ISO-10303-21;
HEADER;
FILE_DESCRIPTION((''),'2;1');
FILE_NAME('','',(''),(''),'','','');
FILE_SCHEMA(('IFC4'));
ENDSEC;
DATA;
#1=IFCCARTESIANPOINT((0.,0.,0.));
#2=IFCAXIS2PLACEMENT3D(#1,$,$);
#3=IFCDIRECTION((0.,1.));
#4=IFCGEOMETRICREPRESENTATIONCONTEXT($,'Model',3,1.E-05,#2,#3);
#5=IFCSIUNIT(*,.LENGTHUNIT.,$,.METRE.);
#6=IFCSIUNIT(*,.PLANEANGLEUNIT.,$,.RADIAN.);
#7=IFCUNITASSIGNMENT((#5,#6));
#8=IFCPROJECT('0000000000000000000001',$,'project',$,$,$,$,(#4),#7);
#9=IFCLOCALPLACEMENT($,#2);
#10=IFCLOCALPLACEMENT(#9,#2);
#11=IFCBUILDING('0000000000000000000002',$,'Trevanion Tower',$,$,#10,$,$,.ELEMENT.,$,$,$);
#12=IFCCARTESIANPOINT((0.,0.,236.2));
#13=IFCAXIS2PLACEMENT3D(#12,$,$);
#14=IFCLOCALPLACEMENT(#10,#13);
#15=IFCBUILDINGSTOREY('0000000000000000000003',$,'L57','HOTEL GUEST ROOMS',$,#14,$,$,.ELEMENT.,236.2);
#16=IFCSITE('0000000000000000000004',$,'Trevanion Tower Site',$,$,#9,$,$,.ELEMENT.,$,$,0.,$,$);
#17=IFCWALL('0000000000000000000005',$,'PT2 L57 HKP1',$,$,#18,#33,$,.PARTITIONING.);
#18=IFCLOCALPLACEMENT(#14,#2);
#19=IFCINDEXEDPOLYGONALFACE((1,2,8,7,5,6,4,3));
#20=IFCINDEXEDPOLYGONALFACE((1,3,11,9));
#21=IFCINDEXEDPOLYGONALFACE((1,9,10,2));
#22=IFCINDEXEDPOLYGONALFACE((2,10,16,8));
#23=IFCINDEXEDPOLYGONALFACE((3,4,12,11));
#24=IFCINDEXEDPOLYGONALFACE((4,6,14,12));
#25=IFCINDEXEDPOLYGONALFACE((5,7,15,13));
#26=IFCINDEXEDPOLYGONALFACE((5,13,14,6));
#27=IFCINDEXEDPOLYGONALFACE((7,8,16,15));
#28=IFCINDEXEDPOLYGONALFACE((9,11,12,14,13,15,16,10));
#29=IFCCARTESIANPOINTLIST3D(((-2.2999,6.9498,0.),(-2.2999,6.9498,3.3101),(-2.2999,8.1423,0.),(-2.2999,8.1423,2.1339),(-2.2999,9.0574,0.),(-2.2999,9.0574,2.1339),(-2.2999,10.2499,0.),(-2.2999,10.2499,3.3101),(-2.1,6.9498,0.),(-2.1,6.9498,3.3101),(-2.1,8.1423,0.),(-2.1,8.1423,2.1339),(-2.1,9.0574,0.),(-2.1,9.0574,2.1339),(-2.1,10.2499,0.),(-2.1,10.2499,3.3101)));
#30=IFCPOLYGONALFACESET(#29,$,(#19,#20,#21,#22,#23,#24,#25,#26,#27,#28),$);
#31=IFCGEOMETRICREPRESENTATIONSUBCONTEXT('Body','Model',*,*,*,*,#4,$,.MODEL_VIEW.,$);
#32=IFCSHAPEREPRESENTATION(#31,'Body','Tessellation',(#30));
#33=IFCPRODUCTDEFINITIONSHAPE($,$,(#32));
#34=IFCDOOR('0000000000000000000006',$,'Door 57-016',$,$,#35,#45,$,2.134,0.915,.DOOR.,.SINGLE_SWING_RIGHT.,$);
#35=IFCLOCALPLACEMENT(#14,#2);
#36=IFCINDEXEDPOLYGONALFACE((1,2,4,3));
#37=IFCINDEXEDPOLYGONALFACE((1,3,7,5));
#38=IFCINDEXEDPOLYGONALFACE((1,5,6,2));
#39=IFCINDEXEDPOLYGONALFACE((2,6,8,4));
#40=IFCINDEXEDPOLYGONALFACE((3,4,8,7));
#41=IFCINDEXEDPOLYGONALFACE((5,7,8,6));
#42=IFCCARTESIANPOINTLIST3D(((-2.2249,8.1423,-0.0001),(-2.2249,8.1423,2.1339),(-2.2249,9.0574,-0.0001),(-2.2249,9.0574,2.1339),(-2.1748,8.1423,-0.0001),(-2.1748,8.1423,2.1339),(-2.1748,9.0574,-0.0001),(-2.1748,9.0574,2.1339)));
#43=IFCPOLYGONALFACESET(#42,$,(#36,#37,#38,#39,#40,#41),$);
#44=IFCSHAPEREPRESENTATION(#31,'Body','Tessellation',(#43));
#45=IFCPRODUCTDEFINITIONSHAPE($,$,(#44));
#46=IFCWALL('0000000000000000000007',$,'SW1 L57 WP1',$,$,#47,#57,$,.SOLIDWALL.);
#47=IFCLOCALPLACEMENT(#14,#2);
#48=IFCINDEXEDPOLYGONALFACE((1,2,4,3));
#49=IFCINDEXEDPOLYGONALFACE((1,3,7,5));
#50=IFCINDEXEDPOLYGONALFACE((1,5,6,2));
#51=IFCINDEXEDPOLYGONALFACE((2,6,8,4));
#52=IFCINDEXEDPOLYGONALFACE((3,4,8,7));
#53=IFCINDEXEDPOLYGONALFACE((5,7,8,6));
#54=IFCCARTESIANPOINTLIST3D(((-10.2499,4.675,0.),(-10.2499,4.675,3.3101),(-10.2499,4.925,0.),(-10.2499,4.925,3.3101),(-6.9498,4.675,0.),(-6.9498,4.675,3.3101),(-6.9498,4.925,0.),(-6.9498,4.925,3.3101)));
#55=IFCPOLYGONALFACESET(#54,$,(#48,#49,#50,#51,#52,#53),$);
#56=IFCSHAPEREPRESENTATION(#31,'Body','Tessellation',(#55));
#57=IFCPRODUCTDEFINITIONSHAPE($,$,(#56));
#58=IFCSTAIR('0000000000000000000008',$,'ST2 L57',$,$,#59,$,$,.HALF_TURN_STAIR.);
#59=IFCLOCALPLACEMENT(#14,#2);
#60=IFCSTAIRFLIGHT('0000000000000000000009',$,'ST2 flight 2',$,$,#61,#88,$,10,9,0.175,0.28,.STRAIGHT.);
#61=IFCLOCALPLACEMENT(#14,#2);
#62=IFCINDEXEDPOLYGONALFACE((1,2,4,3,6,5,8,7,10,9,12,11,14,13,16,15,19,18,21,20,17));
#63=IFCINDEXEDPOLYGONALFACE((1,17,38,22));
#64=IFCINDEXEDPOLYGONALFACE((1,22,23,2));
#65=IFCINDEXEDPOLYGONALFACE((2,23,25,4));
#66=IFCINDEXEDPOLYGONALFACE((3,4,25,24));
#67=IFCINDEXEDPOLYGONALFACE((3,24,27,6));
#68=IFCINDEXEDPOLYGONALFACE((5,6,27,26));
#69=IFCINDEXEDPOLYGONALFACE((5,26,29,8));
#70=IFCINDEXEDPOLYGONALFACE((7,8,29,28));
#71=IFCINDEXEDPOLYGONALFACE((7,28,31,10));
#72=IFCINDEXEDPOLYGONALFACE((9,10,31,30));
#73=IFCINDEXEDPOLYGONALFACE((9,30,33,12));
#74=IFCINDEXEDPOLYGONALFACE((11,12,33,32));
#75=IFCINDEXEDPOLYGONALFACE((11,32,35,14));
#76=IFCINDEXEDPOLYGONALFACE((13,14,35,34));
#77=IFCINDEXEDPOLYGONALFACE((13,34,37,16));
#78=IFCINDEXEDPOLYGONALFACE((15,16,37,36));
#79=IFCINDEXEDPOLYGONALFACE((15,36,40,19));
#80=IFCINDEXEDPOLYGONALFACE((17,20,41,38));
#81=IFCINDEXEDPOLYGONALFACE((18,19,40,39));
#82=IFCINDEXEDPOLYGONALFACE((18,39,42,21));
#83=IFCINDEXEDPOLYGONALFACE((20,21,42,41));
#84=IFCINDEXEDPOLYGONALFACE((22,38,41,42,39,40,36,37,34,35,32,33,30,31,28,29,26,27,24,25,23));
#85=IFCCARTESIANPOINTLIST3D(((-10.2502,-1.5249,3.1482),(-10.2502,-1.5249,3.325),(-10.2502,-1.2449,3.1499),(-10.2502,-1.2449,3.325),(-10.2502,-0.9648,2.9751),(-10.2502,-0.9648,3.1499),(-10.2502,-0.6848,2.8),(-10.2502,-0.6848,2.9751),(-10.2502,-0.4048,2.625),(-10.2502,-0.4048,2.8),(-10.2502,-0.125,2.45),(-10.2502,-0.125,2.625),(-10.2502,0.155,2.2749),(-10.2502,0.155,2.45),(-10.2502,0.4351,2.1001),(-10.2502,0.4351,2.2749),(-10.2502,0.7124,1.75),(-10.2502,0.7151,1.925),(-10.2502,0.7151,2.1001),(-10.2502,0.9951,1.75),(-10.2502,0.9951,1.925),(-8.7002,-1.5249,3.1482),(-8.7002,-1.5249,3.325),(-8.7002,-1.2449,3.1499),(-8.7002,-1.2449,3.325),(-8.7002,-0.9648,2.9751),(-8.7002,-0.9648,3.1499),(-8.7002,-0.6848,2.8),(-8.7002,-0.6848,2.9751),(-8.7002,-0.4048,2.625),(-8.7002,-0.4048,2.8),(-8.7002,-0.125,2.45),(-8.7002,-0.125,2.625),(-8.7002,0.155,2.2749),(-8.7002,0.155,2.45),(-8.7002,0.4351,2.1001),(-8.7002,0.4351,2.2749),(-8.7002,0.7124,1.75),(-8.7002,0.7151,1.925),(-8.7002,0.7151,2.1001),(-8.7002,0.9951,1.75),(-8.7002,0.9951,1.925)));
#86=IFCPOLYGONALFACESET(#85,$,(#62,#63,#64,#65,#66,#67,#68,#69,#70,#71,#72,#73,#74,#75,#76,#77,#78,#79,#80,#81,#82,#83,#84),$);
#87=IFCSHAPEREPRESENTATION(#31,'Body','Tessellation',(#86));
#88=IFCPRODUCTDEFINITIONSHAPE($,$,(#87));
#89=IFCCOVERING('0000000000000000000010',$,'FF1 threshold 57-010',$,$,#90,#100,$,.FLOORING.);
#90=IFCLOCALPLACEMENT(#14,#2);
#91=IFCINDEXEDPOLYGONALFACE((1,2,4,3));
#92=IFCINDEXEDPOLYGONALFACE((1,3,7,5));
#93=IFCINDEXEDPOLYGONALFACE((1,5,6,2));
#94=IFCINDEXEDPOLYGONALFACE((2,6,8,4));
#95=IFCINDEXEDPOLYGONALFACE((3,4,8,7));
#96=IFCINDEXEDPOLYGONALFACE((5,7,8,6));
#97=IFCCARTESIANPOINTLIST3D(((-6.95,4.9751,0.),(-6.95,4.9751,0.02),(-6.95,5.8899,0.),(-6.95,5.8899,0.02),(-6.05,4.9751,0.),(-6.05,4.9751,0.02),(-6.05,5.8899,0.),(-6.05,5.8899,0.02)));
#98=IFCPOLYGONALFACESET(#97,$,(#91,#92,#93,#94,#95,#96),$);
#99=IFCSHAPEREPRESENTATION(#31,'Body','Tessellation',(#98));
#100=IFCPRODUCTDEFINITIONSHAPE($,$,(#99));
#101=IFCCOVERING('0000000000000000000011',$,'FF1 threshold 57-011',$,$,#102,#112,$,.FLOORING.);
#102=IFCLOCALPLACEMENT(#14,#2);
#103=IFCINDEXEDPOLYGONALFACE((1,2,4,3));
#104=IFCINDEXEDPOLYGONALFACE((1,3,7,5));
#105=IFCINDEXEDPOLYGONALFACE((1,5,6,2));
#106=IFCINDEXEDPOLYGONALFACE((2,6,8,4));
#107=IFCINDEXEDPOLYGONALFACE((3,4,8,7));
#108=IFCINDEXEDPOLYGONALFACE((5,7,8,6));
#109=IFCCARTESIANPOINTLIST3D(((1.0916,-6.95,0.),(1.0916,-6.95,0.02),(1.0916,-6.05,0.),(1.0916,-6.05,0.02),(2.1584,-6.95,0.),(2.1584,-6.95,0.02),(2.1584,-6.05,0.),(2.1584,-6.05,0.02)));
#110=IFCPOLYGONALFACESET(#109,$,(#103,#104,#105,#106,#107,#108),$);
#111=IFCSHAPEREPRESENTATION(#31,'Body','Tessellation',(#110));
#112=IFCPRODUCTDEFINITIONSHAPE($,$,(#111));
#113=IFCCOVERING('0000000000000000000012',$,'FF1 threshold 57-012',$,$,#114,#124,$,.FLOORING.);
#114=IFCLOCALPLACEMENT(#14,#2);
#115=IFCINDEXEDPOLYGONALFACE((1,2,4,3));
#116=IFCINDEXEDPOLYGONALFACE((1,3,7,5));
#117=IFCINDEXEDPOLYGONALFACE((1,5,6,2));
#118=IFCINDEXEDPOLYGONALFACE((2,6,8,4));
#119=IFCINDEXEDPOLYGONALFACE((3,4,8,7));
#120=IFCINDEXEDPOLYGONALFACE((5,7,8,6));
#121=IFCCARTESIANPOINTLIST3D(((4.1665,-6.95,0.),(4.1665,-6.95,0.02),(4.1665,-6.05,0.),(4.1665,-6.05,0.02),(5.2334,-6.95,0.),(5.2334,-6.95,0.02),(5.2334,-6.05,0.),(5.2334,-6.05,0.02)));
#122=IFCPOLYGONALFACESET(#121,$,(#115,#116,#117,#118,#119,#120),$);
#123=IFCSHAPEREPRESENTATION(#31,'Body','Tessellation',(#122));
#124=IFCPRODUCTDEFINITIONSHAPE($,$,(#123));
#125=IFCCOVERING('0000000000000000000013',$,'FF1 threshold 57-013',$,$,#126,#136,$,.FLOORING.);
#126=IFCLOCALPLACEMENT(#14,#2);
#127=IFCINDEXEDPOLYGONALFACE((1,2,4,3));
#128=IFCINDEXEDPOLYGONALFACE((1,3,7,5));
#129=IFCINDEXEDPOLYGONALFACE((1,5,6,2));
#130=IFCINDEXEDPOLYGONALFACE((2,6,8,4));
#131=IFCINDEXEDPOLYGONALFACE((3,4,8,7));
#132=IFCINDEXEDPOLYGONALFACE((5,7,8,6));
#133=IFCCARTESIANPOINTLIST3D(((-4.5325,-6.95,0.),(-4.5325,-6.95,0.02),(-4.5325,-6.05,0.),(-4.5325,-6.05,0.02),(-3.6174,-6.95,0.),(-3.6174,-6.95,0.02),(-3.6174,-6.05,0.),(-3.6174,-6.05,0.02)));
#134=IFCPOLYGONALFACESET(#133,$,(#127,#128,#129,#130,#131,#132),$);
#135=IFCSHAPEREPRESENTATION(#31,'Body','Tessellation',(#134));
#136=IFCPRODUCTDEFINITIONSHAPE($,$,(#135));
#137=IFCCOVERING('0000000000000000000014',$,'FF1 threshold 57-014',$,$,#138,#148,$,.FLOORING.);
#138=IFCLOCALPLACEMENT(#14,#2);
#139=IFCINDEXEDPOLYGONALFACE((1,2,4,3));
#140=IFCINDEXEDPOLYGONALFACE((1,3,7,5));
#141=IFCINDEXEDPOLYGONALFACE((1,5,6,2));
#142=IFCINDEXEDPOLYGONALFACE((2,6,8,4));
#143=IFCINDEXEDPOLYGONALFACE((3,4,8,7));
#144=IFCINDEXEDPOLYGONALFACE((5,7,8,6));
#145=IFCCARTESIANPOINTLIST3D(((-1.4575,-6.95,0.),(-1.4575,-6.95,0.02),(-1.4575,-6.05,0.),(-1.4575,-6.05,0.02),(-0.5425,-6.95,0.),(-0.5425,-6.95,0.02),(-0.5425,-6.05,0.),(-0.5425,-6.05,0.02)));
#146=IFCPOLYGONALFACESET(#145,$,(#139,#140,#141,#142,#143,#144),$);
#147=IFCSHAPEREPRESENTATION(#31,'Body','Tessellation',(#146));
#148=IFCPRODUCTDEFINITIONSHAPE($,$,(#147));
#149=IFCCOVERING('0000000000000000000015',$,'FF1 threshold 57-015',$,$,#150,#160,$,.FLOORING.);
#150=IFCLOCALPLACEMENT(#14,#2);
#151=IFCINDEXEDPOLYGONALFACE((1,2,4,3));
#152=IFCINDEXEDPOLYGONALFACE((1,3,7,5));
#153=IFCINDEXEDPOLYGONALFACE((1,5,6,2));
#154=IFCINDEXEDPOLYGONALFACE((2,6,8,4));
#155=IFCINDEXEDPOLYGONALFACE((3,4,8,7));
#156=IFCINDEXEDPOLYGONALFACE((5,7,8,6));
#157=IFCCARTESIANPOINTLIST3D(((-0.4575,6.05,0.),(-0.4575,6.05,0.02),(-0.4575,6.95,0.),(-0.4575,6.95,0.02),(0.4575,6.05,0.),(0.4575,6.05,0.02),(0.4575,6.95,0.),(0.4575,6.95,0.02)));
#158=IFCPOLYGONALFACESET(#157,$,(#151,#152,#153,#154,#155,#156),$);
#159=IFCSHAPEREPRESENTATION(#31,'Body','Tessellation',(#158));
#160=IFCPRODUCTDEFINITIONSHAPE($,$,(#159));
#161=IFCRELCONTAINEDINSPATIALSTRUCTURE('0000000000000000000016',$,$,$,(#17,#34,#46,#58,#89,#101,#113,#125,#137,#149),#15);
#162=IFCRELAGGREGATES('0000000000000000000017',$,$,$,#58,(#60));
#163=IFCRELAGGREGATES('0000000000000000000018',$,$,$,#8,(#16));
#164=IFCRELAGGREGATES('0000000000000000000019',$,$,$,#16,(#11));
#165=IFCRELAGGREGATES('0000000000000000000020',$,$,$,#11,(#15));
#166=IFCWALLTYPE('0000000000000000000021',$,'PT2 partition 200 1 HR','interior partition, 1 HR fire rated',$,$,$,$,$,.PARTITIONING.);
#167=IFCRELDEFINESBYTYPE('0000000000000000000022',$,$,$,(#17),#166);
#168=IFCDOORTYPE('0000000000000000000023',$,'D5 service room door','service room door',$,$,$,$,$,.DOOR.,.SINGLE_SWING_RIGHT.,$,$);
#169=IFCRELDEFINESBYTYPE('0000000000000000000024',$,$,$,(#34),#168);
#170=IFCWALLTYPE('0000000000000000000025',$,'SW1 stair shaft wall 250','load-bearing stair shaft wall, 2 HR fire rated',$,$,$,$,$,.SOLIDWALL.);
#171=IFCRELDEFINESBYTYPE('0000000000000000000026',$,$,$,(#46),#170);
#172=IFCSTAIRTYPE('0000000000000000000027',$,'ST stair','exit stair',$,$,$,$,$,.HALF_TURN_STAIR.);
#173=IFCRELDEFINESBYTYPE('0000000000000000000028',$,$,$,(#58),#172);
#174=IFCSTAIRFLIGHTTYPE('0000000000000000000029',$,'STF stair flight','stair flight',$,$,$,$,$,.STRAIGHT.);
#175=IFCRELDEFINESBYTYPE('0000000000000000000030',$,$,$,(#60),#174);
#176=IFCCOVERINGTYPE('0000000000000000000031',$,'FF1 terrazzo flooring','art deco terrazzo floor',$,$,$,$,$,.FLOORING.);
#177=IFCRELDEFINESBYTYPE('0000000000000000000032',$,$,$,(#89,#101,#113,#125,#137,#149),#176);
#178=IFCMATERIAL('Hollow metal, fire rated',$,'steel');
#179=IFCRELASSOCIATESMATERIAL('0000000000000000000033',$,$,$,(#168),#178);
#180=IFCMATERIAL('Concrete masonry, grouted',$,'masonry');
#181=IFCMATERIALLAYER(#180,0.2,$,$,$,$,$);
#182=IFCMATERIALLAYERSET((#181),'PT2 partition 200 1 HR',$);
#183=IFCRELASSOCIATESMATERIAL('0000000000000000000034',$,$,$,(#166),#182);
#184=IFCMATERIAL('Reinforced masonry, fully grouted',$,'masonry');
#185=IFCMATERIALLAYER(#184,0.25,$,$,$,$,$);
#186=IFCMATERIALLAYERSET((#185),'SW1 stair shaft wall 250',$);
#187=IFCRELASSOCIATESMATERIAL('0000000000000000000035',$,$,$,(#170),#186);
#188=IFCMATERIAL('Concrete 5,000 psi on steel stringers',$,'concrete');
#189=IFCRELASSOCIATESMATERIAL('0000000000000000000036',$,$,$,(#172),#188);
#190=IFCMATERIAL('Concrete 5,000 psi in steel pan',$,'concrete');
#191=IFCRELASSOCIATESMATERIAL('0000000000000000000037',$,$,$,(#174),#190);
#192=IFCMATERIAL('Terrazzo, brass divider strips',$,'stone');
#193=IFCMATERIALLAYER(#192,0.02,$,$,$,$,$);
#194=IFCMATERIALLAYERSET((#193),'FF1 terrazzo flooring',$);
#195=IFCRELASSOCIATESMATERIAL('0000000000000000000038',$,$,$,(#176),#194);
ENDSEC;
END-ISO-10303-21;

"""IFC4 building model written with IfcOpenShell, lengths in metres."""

from ifc_helpers import new_model, si_unit, direction, frame, frame_2d, origin, place, context, subcontext, project, spatial, polyline, rectangle, outline, extrude, material, layer, layer_set, type_object, element, fill, aggregate, save


model = new_model("IFC4")

# Units and contexts
model_context = context("Model", 3, precision=1e-05, world=origin(), true_north=direction((0.0, 1.0)))
body_context = subcontext(model_context, "Body", "Model", "MODEL_VIEW")
ifc_project = project(units=[si_unit("LENGTHUNIT", "METRE"), si_unit("PLANEANGLEUNIT", "RADIAN")], contexts=[model_context])

# Site, building, storey
site_placement = place(None, origin())
site = spatial("IfcSite", under=ifc_project, at=site_placement, Name="Trevanion Tower Site", CompositionType="ELEMENT", RefElevation=0.0)
building_placement = place(site_placement, origin())
building = spatial("IfcBuilding", under=site, at=building_placement, Name="Trevanion Tower", CompositionType="ELEMENT")
storey_placement = place(building_placement, frame((0.0, 0.0, 236.2)))
storey = spatial("IfcBuildingStorey", under=building, at=storey_placement, Name="L57", Description="HOTEL GUEST ROOMS", CompositionType="ELEMENT", Elevation=236.2)

# Shared definitions
ifc_material_1 = material(Name="Hollow metal, fire rated", Category="steel")
door_type_1 = type_object("IfcDoorType", Name="D5 service room door", Description="service room door", OperationType="SINGLE_SWING_RIGHT", PredefinedType="DOOR", material=ifc_material_1)

# Shared definitions
ifc_material_2 = material(Name="Concrete masonry, grouted", Category="masonry")
ifc_layer_1 = layer(ifc_material_2, 0.2)
ifc_layer_set_1 = layer_set([ifc_layer_1], Name="PT2 partition 200 1 HR")
wall_type_1 = type_object("IfcWallType", Name="PT2 partition 200 1 HR", Description="interior partition, 1 HR fire rated", PredefinedType="PARTITIONING", material=ifc_layer_set_1)

# Wall, opening, door
wall_1_placement = place(storey_placement, frame((-2.2, 6.95, 0.0), z_axis=(0.0, 0.0, 1.0), x_axis=(0.0, 1.0, 0.0)))
wall_1 = element("IfcWall", 1, at=wall_1_placement, inside=storey, type_object=wall_type_1, Name="PT2 L57 HKP1", PredefinedType="PARTITIONING", context=body_context, shape_type="SweptSolid", body=[
    extrude(rectangle(XDim=3.3, YDim=0.2, at=frame_2d((1.6499, 0.0))), origin(), (0.0, 0.0, 1.0), 3.3101),
])
opening_1_placement = place(wall_1_placement, frame((1.1924, 0.0, 0.0)))
opening_1 = element("IfcOpeningElement", 2, at=opening_1_placement, cuts=wall_1, PredefinedType="OPENING", context=body_context, shape_type="SweptSolid", body=[
    extrude(rectangle(XDim=0.915, YDim=2.134, at=frame_2d((0.4575, 1.0669))), frame((0.0, 0.1099, 0.0), z_axis=(0.0, -1.0, 0.0), x_axis=(1.0, 0.0, 0.0)), (0.0, 0.0, 1.0), 0.22),
])
door_1_placement = place(opening_1_placement, origin())
door_1 = element("IfcDoor", 3, at=door_1_placement, inside=storey, type_object=door_type_1, Name="Door 57-016", OperationType="SINGLE_SWING_RIGHT", OverallHeight=2.134, OverallWidth=0.915, PredefinedType="DOOR", context=body_context, shape_type="SweptSolid", body=[
    extrude(rectangle(XDim=0.915, YDim=2.134, at=frame_2d((0.4575, 1.0669))), frame((0.0, 0.0249, 0.0), z_axis=(0.0, -1.0, 0.0), x_axis=(1.0, 0.0, 0.0)), (0.0, 0.0, 1.0), 0.05),
])
fill(opening_1, door_1)

# Wall
ifc_material_3 = material(Name="Reinforced masonry, fully grouted", Category="masonry")
ifc_layer_2 = layer(ifc_material_3, 0.25)
ifc_layer_set_2 = layer_set([ifc_layer_2], Name="SW1 stair shaft wall 250")
wall_type_2 = type_object("IfcWallType", Name="SW1 stair shaft wall 250", Description="load-bearing stair shaft wall, 2 HR fire rated", PredefinedType="SOLIDWALL", material=ifc_layer_set_2)
wall_2_placement = place(storey_placement, frame((-6.95, 4.8, 0.0), z_axis=(0.0, 0.0, 1.0), x_axis=(-1.0, 0.0, 0.0)))
element("IfcWall", 4, at=wall_2_placement, inside=storey, type_object=wall_type_2, Name="SW1 L57 WP1", PredefinedType="SOLIDWALL", context=body_context, shape_type="SweptSolid", body=[
    extrude(rectangle(XDim=3.3, YDim=0.25, at=frame_2d((1.6499, 0.0))), origin(), (0.0, 0.0, 1.0), 3.3101),
])

# Stair, stair flight
ifc_material_4 = material(Name="Concrete 5,000 psi on steel stringers", Category="concrete")
stair_type = type_object("IfcStairType", Name="ST stair", Description="exit stair", PredefinedType="HALF_TURN_STAIR", material=ifc_material_4)
stair_placement = place(storey_placement, origin())
stair = element("IfcStair", 5, at=stair_placement, inside=storey, type_object=stair_type, Name="ST2 L57", PredefinedType="HALF_TURN_STAIR")
ifc_material_5 = material(Name="Concrete 5,000 psi in steel pan", Category="concrete")
stair_flight_type = type_object("IfcStairFlightType", Name="STF stair flight", Description="stair flight", PredefinedType="STRAIGHT", material=ifc_material_5)
stair_flight_placement = place(storey_placement, frame((-9.4751, 0.9951, 1.75), z_axis=(0.0, 0.0, 1.0), x_axis=(0.0, -1.0, 0.0)))
stair_flight = element("IfcStairFlight", 6, at=stair_flight_placement, type_object=stair_flight_type, Name="ST2 flight 2", NumberOfRisers=10, NumberOfTreads=9, PredefinedType="STRAIGHT", RiserHeight=0.175, TreadLength=0.28, context=body_context, shape_type="SweptSolid", body=[
    extrude(outline(polyline([(0.0, 0.0), (0.0, 0.175), (0.28, 0.175), (0.28, 0.3501), (0.5601, 0.3501), (0.5601, 0.5249), (0.8401, 0.5249), (0.8401, 0.7), (1.1201, 0.7), (1.1201, 0.875), (1.3999, 0.875), (1.3999, 1.05), (1.6799, 1.05), (1.6799, 1.2251), (1.96, 1.2251), (1.96, 1.3999), (2.24, 1.3999), (2.24, 1.575), (2.52, 1.575), (2.52, 1.75), (2.52, 1.3982), (0.2827, 0.0), (0.0, 0.0)])), frame((0.0, 0.7749, 0.0), z_axis=(0.0, -1.0, 0.0), x_axis=(1.0, 0.0, 0.0)), (0.0, 0.0, 1.0), 1.55),
])
aggregate(stair, [stair_flight])

# Coverings
ifc_material_6 = material(Name="Terrazzo, brass divider strips", Category="stone")
ifc_layer_3 = layer(ifc_material_6, 0.02)
ifc_layer_set_3 = layer_set([ifc_layer_3], Name="FF1 terrazzo flooring")
covering_type = type_object("IfcCoveringType", Name="FF1 terrazzo flooring", Description="art deco terrazzo floor", PredefinedType="FLOORING", material=ifc_layer_set_3)
covering_1_placement = place(storey_placement, origin())
element("IfcCovering", 7, at=covering_1_placement, inside=storey, type_object=covering_type, Name="FF1 threshold 57-010", PredefinedType="FLOORING", context=body_context, shape_type="SweptSolid", body=[
    extrude(outline(polyline([(-6.95, 5.8899), (-6.95, 4.9751), (-6.05, 4.9751), (-6.05, 5.8899), (-6.95, 5.8899)])), origin(), (0.0, 0.0, 1.0), 0.02),
])
covering_2_placement = place(storey_placement, origin())
element("IfcCovering", 8, at=covering_2_placement, inside=storey, type_object=covering_type, Name="FF1 threshold 57-011", PredefinedType="FLOORING", context=body_context, shape_type="SweptSolid", body=[
    extrude(outline(polyline([(1.0916, -6.95), (2.1584, -6.95), (2.1584, -6.05), (1.0916, -6.05), (1.0916, -6.95)])), origin(), (0.0, 0.0, 1.0), 0.02),
])
covering_3_placement = place(storey_placement, origin())
element("IfcCovering", 9, at=covering_3_placement, inside=storey, type_object=covering_type, Name="FF1 threshold 57-012", PredefinedType="FLOORING", context=body_context, shape_type="SweptSolid", body=[
    extrude(outline(polyline([(4.1665, -6.95), (5.2334, -6.95), (5.2334, -6.05), (4.1665, -6.05), (4.1665, -6.95)])), origin(), (0.0, 0.0, 1.0), 0.02),
])
covering_4_placement = place(storey_placement, origin())
element("IfcCovering", 10, at=covering_4_placement, inside=storey, type_object=covering_type, Name="FF1 threshold 57-013", PredefinedType="FLOORING", context=body_context, shape_type="SweptSolid", body=[
    extrude(outline(polyline([(-4.5325, -6.95), (-3.6174, -6.95), (-3.6174, -6.05), (-4.5325, -6.05), (-4.5325, -6.95)])), origin(), (0.0, 0.0, 1.0), 0.02),
])
covering_5_placement = place(storey_placement, origin())
element("IfcCovering", 11, at=covering_5_placement, inside=storey, type_object=covering_type, Name="FF1 threshold 57-014", PredefinedType="FLOORING", context=body_context, shape_type="SweptSolid", body=[
    extrude(outline(polyline([(-1.4575, -6.95), (-0.5425, -6.95), (-0.5425, -6.05), (-1.4575, -6.05), (-1.4575, -6.95)])), origin(), (0.0, 0.0, 1.0), 0.02),
])
covering_6_placement = place(storey_placement, origin())
element("IfcCovering", 12, at=covering_6_placement, inside=storey, type_object=covering_type, Name="FF1 threshold 57-015", PredefinedType="FLOORING", context=body_context, shape_type="SweptSolid", body=[
    extrude(outline(polyline([(0.4575, 6.95), (-0.4575, 6.95), (-0.4575, 6.05), (0.4575, 6.05), (0.4575, 6.95)])), origin(), (0.0, 0.0, 1.0), 0.02),
])

save(model, "model.ifc")
